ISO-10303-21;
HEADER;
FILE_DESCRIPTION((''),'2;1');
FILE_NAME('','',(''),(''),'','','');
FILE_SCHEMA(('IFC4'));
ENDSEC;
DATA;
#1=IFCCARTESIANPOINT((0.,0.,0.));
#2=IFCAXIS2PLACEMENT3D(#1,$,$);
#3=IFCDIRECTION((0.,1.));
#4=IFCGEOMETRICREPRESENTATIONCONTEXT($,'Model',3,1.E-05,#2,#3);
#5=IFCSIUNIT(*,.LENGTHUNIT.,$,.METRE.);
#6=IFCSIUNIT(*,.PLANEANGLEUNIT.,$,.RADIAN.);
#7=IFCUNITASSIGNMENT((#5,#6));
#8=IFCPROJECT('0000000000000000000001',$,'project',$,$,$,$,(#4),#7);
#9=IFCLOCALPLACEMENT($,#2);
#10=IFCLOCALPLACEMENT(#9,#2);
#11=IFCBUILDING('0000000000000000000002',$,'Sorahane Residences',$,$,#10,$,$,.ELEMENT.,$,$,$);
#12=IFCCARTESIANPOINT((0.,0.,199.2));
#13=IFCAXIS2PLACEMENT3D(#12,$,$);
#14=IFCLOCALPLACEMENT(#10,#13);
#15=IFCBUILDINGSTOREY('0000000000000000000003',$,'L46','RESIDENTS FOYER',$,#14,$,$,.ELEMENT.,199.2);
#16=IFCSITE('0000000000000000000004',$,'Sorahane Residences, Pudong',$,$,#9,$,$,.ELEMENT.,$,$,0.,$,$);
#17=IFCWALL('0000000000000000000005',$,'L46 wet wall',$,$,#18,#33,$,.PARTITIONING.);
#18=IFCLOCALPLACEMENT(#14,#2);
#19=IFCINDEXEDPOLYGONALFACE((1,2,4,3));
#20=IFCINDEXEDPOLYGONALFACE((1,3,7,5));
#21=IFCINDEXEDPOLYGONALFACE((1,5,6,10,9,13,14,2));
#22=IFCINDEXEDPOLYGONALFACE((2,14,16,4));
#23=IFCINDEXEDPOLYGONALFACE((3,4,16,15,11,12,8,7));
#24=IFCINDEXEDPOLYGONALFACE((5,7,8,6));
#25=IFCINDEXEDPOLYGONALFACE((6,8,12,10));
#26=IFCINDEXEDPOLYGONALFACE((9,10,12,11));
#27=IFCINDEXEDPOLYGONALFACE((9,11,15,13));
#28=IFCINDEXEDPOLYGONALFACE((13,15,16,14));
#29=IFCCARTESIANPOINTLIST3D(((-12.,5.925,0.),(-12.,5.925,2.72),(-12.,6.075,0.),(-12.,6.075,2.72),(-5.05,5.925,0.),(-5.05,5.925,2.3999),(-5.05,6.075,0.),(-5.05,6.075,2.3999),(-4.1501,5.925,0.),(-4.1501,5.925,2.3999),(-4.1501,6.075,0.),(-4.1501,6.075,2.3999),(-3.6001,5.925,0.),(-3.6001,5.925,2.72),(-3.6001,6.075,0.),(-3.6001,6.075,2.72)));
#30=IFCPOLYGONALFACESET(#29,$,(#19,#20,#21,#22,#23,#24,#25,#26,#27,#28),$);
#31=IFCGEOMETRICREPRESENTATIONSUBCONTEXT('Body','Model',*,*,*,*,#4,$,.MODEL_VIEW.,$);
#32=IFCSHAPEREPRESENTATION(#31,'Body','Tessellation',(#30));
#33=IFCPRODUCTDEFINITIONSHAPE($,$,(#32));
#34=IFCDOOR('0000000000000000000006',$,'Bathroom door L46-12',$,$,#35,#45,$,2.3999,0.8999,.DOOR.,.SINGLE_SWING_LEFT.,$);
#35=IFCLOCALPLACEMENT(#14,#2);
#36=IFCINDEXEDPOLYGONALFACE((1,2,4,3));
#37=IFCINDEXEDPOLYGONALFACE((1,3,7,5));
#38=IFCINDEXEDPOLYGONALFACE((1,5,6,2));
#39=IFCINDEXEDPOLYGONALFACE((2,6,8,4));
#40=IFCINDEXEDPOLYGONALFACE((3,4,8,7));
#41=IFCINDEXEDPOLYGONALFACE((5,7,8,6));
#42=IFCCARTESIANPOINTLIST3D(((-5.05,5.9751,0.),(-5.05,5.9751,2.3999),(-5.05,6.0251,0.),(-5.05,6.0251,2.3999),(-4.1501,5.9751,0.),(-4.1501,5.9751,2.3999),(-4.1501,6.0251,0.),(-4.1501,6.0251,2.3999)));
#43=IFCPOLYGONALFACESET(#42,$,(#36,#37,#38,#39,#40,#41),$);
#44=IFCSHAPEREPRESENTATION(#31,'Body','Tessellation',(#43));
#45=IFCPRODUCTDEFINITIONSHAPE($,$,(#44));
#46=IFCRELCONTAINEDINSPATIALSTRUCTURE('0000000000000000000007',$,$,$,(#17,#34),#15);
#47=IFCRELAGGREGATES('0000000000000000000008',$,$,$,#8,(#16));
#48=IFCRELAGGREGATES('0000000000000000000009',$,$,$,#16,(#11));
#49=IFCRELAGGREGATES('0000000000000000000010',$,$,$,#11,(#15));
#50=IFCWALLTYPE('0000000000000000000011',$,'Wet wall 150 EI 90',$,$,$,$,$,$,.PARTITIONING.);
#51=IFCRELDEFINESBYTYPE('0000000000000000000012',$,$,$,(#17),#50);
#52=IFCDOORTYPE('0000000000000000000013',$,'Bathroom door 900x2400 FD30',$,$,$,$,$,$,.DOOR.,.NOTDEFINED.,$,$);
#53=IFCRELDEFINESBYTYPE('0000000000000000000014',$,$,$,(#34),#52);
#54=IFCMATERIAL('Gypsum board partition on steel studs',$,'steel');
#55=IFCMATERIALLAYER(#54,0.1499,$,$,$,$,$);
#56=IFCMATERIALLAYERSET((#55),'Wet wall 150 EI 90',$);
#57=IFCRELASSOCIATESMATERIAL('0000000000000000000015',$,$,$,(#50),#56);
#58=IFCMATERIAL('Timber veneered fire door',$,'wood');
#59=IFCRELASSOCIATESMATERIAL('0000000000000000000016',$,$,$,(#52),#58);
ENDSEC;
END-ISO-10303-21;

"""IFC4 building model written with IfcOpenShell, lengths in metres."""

from ifc_helpers import new_model, si_unit, direction, frame, frame_2d, origin, place, context, subcontext, project, spatial, rectangle, extrude, material, layer, layer_set, type_object, element, fill, save


model = new_model("IFC4")

# Units and contexts
model_context = context("Model", 3, precision=1e-05, world=origin(), true_north=direction((0.0, 1.0)))
body_context = subcontext(model_context, "Body", "Model", "MODEL_VIEW")
ifc_project = project(units=[si_unit("LENGTHUNIT", "METRE"), si_unit("PLANEANGLEUNIT", "RADIAN")], contexts=[model_context])

# Site, building, storey
site_placement = place(None, origin())
site = spatial("IfcSite", under=ifc_project, at=site_placement, Name="Sorahane Residences, Pudong", CompositionType="ELEMENT", RefElevation=0.0)
building_placement = place(site_placement, origin())
building = spatial("IfcBuilding", under=site, at=building_placement, Name="Sorahane Residences", CompositionType="ELEMENT")
storey_placement = place(building_placement, frame((0.0, 0.0, 199.2)))
storey = spatial("IfcBuildingStorey", under=building, at=storey_placement, Name="L46", Description="RESIDENTS FOYER", CompositionType="ELEMENT", Elevation=199.2)

# Wall, opening, door
ifc_material_1 = material(Name="Gypsum board partition on steel studs", Category="steel")
ifc_layer_1 = layer(ifc_material_1, 0.1499)
ifc_layer_set_1 = layer_set([ifc_layer_1], Name="Wet wall 150 EI 90")
wall_type_1 = type_object("IfcWallType", Name="Wet wall 150 EI 90", PredefinedType="PARTITIONING", material=ifc_layer_set_1)
wall_1_placement = place(storey_placement, frame((-12.0, 6.0, 0.0), z_axis=(0.0, 0.0, 1.0), x_axis=(1.0, 0.0, 0.0)))
wall_1 = element("IfcWall", 1, at=wall_1_placement, inside=storey, type_object=wall_type_1, Name="L46 wet wall", PredefinedType="PARTITIONING", context=body_context, shape_type="SweptSolid", body=[
    extrude(rectangle(XDim=8.3999, YDim=0.1499, at=frame_2d((4.2, 0.0))), origin(), (0.0, 0.0, 1.0), 2.72),
])
opening_1_placement = place(wall_1_placement, frame((6.95, 0.0, 0.0)))
opening_1 = element("IfcOpeningElement", 2, at=opening_1_placement, cuts=wall_1, PredefinedType="OPENING", context=body_context, shape_type="SweptSolid", body=[
    extrude(rectangle(XDim=0.8999, YDim=2.3999, at=frame_2d((0.45, 1.2))), frame((0.0, 0.085, 0.0), z_axis=(0.0, -1.0, 0.0), x_axis=(1.0, 0.0, 0.0)), (0.0, 0.0, 1.0), 0.1699),
])
ifc_material_2 = material(Name="Timber veneered fire door", Category="wood")
door_type_1 = type_object("IfcDoorType", Name="Bathroom door 900x2400 FD30", OperationType="NOTDEFINED", PredefinedType="DOOR", material=ifc_material_2)
door_1_placement = place(opening_1_placement, frame((0.8999, 0.0, 0.0), z_axis=(0.0, 0.0, 1.0), x_axis=(-1.0, 0.0, 0.0)))
door_1 = element("IfcDoor", 3, at=door_1_placement, inside=storey, type_object=door_type_1, Name="Bathroom door L46-12", OperationType="SINGLE_SWING_LEFT", OverallHeight=2.3999, OverallWidth=0.8999, PredefinedType="DOOR", context=body_context, shape_type="SweptSolid", body=[
    extrude(rectangle(XDim=0.8999, YDim=2.3999, at=frame_2d((0.45, 1.2))), frame((0.0, 0.0249, 0.0), z_axis=(0.0, -1.0, 0.0), x_axis=(1.0, 0.0, 0.0)), (0.0, 0.0, 1.0), 0.05),
])
fill(opening_1, door_1)

save(model, "model.ifc")
